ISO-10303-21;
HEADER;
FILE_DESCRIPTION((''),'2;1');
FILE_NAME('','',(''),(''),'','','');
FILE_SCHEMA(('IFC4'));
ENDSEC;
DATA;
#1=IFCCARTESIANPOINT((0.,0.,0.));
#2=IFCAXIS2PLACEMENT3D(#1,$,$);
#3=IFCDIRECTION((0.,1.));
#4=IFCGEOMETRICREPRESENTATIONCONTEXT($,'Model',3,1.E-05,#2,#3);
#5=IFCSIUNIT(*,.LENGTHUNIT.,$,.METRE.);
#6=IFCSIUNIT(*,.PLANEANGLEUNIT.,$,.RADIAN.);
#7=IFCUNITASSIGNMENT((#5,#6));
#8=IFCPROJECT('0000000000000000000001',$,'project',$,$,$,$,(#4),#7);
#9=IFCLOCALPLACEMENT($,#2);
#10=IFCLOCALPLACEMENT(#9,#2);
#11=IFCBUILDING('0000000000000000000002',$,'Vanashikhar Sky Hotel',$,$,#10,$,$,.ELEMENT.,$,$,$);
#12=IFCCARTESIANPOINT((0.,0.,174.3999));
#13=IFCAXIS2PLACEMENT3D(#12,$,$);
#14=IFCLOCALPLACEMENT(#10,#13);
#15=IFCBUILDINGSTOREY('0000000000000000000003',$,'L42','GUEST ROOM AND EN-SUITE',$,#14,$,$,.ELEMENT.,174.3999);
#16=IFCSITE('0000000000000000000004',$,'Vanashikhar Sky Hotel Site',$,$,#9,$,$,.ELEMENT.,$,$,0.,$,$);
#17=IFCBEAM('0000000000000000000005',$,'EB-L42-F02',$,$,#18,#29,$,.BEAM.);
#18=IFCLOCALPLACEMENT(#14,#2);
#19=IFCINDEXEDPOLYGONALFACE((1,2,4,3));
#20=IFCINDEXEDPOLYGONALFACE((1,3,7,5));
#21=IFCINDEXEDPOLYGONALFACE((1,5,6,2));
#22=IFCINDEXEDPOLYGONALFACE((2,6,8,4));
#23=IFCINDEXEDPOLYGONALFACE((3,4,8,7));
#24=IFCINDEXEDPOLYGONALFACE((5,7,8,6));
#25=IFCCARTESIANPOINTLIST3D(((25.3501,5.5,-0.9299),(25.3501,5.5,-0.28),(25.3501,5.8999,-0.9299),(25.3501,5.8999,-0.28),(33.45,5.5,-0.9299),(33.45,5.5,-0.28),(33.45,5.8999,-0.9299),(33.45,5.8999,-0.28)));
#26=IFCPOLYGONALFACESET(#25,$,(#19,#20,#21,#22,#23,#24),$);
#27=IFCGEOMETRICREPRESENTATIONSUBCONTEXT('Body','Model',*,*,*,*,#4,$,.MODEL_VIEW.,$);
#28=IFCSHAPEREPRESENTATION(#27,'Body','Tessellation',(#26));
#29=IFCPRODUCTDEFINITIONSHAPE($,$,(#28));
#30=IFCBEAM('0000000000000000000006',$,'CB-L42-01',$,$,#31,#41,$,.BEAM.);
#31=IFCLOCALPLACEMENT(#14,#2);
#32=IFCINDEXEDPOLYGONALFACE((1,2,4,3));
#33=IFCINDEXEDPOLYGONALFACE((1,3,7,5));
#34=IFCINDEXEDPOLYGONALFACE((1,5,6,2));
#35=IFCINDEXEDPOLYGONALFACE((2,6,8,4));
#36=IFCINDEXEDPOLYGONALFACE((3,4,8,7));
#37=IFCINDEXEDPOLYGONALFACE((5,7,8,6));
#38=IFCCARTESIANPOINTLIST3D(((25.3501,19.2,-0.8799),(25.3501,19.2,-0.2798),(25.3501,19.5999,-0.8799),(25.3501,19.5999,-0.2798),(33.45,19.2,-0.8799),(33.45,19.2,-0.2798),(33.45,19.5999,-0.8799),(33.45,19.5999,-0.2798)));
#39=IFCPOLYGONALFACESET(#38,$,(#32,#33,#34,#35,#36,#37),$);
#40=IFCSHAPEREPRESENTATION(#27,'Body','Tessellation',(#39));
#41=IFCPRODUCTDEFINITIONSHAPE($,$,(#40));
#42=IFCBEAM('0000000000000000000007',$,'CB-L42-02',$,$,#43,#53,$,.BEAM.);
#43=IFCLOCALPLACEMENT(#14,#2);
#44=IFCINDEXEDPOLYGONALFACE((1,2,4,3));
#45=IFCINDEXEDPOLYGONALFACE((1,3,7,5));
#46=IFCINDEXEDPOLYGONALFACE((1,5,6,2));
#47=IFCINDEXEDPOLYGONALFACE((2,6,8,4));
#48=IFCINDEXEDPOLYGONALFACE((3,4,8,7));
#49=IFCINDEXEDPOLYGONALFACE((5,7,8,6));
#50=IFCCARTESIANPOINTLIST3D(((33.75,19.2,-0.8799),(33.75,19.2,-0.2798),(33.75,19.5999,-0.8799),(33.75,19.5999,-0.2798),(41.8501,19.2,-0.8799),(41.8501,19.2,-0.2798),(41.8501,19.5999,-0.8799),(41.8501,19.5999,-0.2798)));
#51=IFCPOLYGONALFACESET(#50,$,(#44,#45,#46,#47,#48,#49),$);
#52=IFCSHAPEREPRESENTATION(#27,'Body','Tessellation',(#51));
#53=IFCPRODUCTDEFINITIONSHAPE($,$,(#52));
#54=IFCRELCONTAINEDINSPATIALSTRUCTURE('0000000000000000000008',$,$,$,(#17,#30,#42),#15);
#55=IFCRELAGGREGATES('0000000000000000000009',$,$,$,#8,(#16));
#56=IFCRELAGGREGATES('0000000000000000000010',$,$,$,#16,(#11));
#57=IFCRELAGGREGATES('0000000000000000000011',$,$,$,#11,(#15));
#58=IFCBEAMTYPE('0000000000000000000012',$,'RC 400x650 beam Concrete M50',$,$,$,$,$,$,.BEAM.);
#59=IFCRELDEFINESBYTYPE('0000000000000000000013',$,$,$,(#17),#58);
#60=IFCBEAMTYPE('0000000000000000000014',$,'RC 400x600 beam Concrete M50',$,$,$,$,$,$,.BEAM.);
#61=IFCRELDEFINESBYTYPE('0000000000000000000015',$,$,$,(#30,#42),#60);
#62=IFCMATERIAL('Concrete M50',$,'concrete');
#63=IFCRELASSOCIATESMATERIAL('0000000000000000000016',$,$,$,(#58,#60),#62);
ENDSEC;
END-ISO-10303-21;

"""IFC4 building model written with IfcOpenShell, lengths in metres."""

from ifc_helpers import new_model, si_unit, direction, frame, origin, origin_2d, place, context, subcontext, project, spatial, rectangle, extrude, source, transform, mapped, material, material_profile, profile_set, type_object, element, save


model = new_model("IFC4")

# Units and contexts
model_context = context("Model", 3, precision=1e-05, world=origin(), true_north=direction((0.0, 1.0)))
body_context = subcontext(model_context, "Body", "Model", "MODEL_VIEW")
ifc_project = project(units=[si_unit("LENGTHUNIT", "METRE"), si_unit("PLANEANGLEUNIT", "RADIAN")], contexts=[model_context])

# Site, building, storey
site_placement = place(None, origin())
site = spatial("IfcSite", under=ifc_project, at=site_placement, Name="Vanashikhar Sky Hotel Site", CompositionType="ELEMENT", RefElevation=0.0)
building_placement = place(site_placement, origin())
building = spatial("IfcBuilding", under=site, at=building_placement, Name="Vanashikhar Sky Hotel", CompositionType="ELEMENT")
storey_placement = place(building_placement, frame((0.0, 0.0, 174.3999)))
storey = spatial("IfcBuildingStorey", under=building, at=storey_placement, Name="L42", Description="GUEST ROOM AND EN-SUITE", CompositionType="ELEMENT", Elevation=174.3999)

# Beams
ifc_material_1 = material(Name="Concrete M50", Category="concrete")
ifc_material_profile_1 = material_profile(ifc_material_1, rectangle(XDim=0.3999, YDim=0.6499, at=origin_2d()))
ifc_profile_set_1 = profile_set([ifc_material_profile_1], Name="RC 400x650 beam Concrete M50")
beam_type_1 = type_object("IfcBeamType", Name="RC 400x650 beam Concrete M50", PredefinedType="BEAM", material=ifc_profile_set_1)
shared_shape_1 = source(origin(), body_context, "Body", "SweptSolid", [
    extrude(rectangle(XDim=0.3999, YDim=0.6499, at=origin_2d()), origin(), (0.0, 0.0, 1.0), 8.0999),
])
beam_1_placement = place(storey_placement, frame((25.3501, 5.7, -0.605), z_axis=(1.0, 0.0, 0.0), x_axis=(0.0, 1.0, 0.0)))
element("IfcBeam", 1, at=beam_1_placement, inside=storey, type_object=beam_type_1, Name="EB-L42-F02", PredefinedType="BEAM", context=body_context, shape_type="MappedRepresentation", body=[
    mapped(shared_shape_1, transform((0.0, 0.0, 0.0), scale=1.0)),
])
ifc_material_profile_2 = material_profile(ifc_material_1, rectangle(XDim=0.3999, YDim=0.6001, at=origin_2d()))
ifc_profile_set_2 = profile_set([ifc_material_profile_2], Name="RC 400x600 beam Concrete M50")
beam_type_2 = type_object("IfcBeamType", Name="RC 400x600 beam Concrete M50", PredefinedType="BEAM", material=ifc_profile_set_2)
shared_shape_2 = source(origin(), body_context, "Body", "SweptSolid", [
    extrude(rectangle(XDim=0.3999, YDim=0.6001, at=origin_2d()), origin(), (0.0, 0.0, 1.0), 8.0999),
])
beam_2_placement = place(storey_placement, frame((25.3501, 19.3999, -0.5798), z_axis=(1.0, 0.0, 0.0), x_axis=(0.0, 1.0, 0.0)))
element("IfcBeam", 2, at=beam_2_placement, inside=storey, type_object=beam_type_2, Name="CB-L42-01", PredefinedType="BEAM", context=body_context, shape_type="MappedRepresentation", body=[
    mapped(shared_shape_2, transform((0.0, 0.0, 0.0), scale=1.0)),
])
shared_shape_3 = source(origin(), body_context, "Body", "SweptSolid", [
    extrude(rectangle(XDim=0.3999, YDim=0.6001, at=origin_2d()), origin(), (0.0, 0.0, 1.0), 8.1001),
])
beam_3_placement = place(storey_placement, frame((33.75, 19.3999, -0.5798), z_axis=(1.0, 0.0, 0.0), x_axis=(0.0, 1.0, 0.0)))
element("IfcBeam", 3, at=beam_3_placement, inside=storey, type_object=beam_type_2, Name="CB-L42-02", PredefinedType="BEAM", context=body_context, shape_type="MappedRepresentation", body=[
    mapped(shared_shape_3, transform((0.0, 0.0, 0.0), scale=1.0)),
])

save(model, "model.ifc")
